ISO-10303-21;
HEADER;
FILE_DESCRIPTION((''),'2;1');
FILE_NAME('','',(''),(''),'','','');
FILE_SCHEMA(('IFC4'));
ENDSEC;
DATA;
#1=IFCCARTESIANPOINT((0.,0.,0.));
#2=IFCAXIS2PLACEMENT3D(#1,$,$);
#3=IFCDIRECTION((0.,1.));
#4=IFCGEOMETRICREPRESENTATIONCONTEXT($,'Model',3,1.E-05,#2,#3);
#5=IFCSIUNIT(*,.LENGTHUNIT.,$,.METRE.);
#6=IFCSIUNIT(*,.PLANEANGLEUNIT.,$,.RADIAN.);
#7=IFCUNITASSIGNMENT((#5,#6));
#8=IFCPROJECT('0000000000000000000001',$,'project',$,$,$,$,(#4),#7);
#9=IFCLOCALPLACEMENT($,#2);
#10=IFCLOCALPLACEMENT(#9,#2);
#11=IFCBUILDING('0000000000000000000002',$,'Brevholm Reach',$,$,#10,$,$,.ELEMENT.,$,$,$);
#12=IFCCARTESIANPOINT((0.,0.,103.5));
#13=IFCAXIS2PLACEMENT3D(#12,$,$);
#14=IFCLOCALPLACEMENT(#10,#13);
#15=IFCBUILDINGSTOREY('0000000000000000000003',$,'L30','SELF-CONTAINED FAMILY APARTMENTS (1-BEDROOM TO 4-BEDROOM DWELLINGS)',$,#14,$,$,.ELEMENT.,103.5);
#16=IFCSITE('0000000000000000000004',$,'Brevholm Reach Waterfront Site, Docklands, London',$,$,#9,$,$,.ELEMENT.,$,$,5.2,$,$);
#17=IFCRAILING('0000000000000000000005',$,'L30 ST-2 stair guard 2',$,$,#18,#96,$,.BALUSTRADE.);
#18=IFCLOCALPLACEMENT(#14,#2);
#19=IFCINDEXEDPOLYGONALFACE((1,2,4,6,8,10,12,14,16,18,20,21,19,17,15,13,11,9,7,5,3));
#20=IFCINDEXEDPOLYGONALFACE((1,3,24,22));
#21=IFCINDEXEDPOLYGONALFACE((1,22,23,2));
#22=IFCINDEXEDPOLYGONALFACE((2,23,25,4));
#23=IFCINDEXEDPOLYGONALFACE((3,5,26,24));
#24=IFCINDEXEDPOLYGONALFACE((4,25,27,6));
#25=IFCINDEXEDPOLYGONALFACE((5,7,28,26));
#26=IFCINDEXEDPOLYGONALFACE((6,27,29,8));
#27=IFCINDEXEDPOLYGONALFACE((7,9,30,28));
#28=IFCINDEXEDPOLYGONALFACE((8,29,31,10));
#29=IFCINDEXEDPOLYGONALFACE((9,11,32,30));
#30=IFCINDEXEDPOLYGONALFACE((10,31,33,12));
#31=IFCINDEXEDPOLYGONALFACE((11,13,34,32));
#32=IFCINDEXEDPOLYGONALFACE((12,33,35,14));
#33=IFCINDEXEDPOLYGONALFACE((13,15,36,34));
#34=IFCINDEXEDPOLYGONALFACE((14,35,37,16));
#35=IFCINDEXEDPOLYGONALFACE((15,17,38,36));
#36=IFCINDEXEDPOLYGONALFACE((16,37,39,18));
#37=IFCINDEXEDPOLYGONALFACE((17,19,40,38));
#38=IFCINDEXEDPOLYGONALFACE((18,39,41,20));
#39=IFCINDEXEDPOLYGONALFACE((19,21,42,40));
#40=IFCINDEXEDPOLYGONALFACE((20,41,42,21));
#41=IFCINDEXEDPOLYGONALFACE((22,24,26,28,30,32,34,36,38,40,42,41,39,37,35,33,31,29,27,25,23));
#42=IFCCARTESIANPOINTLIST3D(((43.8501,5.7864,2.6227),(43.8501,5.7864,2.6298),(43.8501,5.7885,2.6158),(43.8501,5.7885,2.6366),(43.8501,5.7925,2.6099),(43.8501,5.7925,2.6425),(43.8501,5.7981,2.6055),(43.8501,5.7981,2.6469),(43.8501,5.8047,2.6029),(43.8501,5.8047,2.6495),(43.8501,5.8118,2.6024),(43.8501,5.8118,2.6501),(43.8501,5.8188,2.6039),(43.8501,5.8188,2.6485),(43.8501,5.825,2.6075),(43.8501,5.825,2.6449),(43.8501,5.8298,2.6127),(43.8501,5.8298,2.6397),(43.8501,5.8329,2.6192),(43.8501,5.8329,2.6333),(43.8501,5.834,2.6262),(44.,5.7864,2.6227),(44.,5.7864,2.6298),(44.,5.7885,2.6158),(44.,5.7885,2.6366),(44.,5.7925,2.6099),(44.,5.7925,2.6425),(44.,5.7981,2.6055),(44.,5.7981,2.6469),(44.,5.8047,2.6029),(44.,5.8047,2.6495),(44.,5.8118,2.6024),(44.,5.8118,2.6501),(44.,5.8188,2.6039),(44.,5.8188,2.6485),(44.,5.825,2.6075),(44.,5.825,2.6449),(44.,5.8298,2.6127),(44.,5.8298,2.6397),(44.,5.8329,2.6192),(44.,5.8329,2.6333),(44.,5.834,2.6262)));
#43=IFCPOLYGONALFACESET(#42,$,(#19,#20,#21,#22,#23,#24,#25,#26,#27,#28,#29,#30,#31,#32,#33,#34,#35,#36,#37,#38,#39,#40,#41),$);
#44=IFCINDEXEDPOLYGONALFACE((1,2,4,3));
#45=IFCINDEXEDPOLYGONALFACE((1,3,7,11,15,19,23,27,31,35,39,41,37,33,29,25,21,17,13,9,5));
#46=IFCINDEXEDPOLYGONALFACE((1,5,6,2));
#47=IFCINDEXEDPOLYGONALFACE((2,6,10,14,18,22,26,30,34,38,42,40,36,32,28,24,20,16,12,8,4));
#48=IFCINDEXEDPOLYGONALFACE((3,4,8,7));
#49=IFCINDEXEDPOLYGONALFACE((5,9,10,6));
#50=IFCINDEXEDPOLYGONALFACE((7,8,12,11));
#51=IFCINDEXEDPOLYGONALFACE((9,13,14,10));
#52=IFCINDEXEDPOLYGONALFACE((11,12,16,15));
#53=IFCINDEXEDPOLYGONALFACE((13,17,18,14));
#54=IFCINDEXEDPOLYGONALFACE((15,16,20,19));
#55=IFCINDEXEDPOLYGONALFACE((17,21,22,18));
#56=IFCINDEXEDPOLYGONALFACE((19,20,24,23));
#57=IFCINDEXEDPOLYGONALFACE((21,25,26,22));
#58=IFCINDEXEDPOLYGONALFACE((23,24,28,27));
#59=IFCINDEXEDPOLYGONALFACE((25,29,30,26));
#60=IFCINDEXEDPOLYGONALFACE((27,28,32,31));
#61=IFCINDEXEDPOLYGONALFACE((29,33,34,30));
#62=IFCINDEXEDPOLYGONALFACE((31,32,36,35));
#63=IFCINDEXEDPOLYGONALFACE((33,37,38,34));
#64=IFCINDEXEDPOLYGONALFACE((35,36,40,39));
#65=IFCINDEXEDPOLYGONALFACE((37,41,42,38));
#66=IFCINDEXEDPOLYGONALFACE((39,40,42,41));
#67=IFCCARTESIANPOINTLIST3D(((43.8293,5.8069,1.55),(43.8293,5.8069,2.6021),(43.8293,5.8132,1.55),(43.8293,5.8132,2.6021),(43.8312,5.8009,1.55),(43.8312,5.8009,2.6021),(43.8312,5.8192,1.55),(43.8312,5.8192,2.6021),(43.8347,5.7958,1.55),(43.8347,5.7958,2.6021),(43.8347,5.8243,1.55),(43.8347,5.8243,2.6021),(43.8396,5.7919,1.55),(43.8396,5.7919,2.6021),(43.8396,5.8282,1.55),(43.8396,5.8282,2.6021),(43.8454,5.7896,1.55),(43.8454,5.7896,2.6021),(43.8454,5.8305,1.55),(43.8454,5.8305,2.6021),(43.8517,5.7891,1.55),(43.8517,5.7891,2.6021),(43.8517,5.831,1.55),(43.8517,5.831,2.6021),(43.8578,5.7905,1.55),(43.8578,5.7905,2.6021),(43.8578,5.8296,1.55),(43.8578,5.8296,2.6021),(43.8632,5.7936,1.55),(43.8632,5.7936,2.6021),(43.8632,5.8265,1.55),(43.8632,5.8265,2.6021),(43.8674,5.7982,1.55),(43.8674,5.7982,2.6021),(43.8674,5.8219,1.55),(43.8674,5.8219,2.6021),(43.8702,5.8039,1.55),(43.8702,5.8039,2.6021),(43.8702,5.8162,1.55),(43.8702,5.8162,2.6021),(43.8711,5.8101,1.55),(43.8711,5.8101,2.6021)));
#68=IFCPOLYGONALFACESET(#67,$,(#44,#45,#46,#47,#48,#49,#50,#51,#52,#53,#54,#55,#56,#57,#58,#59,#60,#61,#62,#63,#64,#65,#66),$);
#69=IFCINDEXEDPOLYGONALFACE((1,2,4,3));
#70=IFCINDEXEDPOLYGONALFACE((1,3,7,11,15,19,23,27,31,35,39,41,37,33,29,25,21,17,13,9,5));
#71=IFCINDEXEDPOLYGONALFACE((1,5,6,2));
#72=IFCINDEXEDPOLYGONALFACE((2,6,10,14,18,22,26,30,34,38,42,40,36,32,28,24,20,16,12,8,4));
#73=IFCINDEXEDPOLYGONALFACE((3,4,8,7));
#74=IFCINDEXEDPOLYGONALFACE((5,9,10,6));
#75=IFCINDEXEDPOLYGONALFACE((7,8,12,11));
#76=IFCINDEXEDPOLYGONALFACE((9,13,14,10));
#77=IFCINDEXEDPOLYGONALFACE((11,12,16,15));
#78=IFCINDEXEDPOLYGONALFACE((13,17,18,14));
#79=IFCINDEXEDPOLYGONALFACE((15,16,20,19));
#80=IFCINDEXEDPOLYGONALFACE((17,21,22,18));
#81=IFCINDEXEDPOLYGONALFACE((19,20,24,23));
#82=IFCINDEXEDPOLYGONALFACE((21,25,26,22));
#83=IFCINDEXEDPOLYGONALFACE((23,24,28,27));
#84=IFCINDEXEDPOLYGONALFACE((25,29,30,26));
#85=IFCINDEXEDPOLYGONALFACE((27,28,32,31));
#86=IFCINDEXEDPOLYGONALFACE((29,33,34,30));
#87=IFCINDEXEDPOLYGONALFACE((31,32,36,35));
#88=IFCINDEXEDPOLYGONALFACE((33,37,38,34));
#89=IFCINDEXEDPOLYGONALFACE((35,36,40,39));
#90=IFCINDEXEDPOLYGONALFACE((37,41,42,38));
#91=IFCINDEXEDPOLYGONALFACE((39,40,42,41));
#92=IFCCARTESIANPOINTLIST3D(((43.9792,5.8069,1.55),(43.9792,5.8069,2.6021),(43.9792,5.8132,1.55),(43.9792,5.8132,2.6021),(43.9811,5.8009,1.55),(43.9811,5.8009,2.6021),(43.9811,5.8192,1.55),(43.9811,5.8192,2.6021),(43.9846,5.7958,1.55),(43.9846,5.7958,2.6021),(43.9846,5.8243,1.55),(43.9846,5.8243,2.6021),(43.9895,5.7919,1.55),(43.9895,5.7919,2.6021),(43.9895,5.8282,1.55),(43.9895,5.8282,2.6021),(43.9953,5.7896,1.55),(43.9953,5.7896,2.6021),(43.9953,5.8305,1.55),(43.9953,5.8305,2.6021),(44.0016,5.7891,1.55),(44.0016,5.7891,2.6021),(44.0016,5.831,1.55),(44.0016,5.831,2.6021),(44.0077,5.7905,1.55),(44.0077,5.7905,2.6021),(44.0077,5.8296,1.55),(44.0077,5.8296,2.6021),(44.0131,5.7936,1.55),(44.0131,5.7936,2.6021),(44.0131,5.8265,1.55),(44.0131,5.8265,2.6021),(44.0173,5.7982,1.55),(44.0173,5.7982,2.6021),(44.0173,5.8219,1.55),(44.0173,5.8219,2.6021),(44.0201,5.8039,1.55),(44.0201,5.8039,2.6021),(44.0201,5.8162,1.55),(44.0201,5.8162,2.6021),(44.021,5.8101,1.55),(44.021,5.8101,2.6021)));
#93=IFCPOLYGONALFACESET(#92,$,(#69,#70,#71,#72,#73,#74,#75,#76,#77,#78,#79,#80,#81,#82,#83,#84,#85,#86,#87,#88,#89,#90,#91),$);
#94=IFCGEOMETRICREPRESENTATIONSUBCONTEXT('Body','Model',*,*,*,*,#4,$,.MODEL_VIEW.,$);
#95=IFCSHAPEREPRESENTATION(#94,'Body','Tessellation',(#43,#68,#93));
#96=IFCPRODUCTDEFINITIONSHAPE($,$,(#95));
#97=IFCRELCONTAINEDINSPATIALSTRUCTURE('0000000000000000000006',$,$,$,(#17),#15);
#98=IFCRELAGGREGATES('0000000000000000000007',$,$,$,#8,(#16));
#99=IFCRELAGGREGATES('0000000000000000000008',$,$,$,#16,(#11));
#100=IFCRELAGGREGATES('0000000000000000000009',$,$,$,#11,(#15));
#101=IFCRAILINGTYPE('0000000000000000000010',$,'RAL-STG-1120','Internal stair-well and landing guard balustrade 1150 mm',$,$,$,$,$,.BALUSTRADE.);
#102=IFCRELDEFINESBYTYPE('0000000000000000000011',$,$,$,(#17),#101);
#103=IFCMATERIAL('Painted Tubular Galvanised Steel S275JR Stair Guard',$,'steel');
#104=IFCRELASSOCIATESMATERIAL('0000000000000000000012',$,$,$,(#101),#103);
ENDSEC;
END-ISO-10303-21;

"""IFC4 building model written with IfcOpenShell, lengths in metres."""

from ifc_helpers import new_model, si_unit, direction, frame, origin, origin_2d, place, context, subcontext, project, spatial, circle, extrude, material, type_object, element, save


model = new_model("IFC4")

# Units and contexts
model_context = context("Model", 3, precision=1e-05, world=origin(), true_north=direction((0.0, 1.0)))
body_context = subcontext(model_context, "Body", "Model", "MODEL_VIEW")
ifc_project = project(units=[si_unit("LENGTHUNIT", "METRE"), si_unit("PLANEANGLEUNIT", "RADIAN")], contexts=[model_context])

# Site, building, storey
site_placement = place(None, origin())
site = spatial("IfcSite", under=ifc_project, at=site_placement, Name="Brevholm Reach Waterfront Site, Docklands, London", CompositionType="ELEMENT", RefElevation=5.2)
building_placement = place(site_placement, origin())
building = spatial("IfcBuilding", under=site, at=building_placement, Name="Brevholm Reach", CompositionType="ELEMENT")
storey_placement = place(building_placement, frame((0.0, 0.0, 103.5)))
storey = spatial("IfcBuildingStorey", under=building, at=storey_placement, Name="L30", Description="SELF-CONTAINED FAMILY APARTMENTS (1-BEDROOM TO 4-BEDROOM DWELLINGS)", CompositionType="ELEMENT", Elevation=103.5)

# Railing
ifc_material_1 = material(Name="Painted Tubular Galvanised Steel S275JR Stair Guard", Category="steel")
railing_type_1 = type_object("IfcRailingType", Name="RAL-STG-1120", Description="Internal stair-well and landing guard balustrade 1150 mm", PredefinedType="BALUSTRADE", material=ifc_material_1)
railing_1_placement = place(storey_placement, frame((43.8501, 5.8101, 1.55)))
element("IfcRailing", 1, at=railing_1_placement, inside=storey, type_object=railing_type_1, Name="L30 ST-2 stair guard 2", PredefinedType="BALUSTRADE", context=body_context, shape_type="SweptSolid", body=[
    extrude(circle(Radius=0.0239, at=origin_2d()), frame((0.0, 0.0, 1.0762), z_axis=(1.0, 0.0, 0.0), x_axis=(0.0, 1.0, 0.0)), (0.0, 0.0, 1.0), 0.1499),
    extrude(circle(Radius=0.021, at=origin_2d()), origin(), (0.0, 0.0, 1.0), 1.052),
    extrude(circle(Radius=0.021, at=origin_2d()), frame((0.1499, 0.0, 0.0)), (0.0, 0.0, 1.0), 1.052),
])

save(model, "model.ifc")
